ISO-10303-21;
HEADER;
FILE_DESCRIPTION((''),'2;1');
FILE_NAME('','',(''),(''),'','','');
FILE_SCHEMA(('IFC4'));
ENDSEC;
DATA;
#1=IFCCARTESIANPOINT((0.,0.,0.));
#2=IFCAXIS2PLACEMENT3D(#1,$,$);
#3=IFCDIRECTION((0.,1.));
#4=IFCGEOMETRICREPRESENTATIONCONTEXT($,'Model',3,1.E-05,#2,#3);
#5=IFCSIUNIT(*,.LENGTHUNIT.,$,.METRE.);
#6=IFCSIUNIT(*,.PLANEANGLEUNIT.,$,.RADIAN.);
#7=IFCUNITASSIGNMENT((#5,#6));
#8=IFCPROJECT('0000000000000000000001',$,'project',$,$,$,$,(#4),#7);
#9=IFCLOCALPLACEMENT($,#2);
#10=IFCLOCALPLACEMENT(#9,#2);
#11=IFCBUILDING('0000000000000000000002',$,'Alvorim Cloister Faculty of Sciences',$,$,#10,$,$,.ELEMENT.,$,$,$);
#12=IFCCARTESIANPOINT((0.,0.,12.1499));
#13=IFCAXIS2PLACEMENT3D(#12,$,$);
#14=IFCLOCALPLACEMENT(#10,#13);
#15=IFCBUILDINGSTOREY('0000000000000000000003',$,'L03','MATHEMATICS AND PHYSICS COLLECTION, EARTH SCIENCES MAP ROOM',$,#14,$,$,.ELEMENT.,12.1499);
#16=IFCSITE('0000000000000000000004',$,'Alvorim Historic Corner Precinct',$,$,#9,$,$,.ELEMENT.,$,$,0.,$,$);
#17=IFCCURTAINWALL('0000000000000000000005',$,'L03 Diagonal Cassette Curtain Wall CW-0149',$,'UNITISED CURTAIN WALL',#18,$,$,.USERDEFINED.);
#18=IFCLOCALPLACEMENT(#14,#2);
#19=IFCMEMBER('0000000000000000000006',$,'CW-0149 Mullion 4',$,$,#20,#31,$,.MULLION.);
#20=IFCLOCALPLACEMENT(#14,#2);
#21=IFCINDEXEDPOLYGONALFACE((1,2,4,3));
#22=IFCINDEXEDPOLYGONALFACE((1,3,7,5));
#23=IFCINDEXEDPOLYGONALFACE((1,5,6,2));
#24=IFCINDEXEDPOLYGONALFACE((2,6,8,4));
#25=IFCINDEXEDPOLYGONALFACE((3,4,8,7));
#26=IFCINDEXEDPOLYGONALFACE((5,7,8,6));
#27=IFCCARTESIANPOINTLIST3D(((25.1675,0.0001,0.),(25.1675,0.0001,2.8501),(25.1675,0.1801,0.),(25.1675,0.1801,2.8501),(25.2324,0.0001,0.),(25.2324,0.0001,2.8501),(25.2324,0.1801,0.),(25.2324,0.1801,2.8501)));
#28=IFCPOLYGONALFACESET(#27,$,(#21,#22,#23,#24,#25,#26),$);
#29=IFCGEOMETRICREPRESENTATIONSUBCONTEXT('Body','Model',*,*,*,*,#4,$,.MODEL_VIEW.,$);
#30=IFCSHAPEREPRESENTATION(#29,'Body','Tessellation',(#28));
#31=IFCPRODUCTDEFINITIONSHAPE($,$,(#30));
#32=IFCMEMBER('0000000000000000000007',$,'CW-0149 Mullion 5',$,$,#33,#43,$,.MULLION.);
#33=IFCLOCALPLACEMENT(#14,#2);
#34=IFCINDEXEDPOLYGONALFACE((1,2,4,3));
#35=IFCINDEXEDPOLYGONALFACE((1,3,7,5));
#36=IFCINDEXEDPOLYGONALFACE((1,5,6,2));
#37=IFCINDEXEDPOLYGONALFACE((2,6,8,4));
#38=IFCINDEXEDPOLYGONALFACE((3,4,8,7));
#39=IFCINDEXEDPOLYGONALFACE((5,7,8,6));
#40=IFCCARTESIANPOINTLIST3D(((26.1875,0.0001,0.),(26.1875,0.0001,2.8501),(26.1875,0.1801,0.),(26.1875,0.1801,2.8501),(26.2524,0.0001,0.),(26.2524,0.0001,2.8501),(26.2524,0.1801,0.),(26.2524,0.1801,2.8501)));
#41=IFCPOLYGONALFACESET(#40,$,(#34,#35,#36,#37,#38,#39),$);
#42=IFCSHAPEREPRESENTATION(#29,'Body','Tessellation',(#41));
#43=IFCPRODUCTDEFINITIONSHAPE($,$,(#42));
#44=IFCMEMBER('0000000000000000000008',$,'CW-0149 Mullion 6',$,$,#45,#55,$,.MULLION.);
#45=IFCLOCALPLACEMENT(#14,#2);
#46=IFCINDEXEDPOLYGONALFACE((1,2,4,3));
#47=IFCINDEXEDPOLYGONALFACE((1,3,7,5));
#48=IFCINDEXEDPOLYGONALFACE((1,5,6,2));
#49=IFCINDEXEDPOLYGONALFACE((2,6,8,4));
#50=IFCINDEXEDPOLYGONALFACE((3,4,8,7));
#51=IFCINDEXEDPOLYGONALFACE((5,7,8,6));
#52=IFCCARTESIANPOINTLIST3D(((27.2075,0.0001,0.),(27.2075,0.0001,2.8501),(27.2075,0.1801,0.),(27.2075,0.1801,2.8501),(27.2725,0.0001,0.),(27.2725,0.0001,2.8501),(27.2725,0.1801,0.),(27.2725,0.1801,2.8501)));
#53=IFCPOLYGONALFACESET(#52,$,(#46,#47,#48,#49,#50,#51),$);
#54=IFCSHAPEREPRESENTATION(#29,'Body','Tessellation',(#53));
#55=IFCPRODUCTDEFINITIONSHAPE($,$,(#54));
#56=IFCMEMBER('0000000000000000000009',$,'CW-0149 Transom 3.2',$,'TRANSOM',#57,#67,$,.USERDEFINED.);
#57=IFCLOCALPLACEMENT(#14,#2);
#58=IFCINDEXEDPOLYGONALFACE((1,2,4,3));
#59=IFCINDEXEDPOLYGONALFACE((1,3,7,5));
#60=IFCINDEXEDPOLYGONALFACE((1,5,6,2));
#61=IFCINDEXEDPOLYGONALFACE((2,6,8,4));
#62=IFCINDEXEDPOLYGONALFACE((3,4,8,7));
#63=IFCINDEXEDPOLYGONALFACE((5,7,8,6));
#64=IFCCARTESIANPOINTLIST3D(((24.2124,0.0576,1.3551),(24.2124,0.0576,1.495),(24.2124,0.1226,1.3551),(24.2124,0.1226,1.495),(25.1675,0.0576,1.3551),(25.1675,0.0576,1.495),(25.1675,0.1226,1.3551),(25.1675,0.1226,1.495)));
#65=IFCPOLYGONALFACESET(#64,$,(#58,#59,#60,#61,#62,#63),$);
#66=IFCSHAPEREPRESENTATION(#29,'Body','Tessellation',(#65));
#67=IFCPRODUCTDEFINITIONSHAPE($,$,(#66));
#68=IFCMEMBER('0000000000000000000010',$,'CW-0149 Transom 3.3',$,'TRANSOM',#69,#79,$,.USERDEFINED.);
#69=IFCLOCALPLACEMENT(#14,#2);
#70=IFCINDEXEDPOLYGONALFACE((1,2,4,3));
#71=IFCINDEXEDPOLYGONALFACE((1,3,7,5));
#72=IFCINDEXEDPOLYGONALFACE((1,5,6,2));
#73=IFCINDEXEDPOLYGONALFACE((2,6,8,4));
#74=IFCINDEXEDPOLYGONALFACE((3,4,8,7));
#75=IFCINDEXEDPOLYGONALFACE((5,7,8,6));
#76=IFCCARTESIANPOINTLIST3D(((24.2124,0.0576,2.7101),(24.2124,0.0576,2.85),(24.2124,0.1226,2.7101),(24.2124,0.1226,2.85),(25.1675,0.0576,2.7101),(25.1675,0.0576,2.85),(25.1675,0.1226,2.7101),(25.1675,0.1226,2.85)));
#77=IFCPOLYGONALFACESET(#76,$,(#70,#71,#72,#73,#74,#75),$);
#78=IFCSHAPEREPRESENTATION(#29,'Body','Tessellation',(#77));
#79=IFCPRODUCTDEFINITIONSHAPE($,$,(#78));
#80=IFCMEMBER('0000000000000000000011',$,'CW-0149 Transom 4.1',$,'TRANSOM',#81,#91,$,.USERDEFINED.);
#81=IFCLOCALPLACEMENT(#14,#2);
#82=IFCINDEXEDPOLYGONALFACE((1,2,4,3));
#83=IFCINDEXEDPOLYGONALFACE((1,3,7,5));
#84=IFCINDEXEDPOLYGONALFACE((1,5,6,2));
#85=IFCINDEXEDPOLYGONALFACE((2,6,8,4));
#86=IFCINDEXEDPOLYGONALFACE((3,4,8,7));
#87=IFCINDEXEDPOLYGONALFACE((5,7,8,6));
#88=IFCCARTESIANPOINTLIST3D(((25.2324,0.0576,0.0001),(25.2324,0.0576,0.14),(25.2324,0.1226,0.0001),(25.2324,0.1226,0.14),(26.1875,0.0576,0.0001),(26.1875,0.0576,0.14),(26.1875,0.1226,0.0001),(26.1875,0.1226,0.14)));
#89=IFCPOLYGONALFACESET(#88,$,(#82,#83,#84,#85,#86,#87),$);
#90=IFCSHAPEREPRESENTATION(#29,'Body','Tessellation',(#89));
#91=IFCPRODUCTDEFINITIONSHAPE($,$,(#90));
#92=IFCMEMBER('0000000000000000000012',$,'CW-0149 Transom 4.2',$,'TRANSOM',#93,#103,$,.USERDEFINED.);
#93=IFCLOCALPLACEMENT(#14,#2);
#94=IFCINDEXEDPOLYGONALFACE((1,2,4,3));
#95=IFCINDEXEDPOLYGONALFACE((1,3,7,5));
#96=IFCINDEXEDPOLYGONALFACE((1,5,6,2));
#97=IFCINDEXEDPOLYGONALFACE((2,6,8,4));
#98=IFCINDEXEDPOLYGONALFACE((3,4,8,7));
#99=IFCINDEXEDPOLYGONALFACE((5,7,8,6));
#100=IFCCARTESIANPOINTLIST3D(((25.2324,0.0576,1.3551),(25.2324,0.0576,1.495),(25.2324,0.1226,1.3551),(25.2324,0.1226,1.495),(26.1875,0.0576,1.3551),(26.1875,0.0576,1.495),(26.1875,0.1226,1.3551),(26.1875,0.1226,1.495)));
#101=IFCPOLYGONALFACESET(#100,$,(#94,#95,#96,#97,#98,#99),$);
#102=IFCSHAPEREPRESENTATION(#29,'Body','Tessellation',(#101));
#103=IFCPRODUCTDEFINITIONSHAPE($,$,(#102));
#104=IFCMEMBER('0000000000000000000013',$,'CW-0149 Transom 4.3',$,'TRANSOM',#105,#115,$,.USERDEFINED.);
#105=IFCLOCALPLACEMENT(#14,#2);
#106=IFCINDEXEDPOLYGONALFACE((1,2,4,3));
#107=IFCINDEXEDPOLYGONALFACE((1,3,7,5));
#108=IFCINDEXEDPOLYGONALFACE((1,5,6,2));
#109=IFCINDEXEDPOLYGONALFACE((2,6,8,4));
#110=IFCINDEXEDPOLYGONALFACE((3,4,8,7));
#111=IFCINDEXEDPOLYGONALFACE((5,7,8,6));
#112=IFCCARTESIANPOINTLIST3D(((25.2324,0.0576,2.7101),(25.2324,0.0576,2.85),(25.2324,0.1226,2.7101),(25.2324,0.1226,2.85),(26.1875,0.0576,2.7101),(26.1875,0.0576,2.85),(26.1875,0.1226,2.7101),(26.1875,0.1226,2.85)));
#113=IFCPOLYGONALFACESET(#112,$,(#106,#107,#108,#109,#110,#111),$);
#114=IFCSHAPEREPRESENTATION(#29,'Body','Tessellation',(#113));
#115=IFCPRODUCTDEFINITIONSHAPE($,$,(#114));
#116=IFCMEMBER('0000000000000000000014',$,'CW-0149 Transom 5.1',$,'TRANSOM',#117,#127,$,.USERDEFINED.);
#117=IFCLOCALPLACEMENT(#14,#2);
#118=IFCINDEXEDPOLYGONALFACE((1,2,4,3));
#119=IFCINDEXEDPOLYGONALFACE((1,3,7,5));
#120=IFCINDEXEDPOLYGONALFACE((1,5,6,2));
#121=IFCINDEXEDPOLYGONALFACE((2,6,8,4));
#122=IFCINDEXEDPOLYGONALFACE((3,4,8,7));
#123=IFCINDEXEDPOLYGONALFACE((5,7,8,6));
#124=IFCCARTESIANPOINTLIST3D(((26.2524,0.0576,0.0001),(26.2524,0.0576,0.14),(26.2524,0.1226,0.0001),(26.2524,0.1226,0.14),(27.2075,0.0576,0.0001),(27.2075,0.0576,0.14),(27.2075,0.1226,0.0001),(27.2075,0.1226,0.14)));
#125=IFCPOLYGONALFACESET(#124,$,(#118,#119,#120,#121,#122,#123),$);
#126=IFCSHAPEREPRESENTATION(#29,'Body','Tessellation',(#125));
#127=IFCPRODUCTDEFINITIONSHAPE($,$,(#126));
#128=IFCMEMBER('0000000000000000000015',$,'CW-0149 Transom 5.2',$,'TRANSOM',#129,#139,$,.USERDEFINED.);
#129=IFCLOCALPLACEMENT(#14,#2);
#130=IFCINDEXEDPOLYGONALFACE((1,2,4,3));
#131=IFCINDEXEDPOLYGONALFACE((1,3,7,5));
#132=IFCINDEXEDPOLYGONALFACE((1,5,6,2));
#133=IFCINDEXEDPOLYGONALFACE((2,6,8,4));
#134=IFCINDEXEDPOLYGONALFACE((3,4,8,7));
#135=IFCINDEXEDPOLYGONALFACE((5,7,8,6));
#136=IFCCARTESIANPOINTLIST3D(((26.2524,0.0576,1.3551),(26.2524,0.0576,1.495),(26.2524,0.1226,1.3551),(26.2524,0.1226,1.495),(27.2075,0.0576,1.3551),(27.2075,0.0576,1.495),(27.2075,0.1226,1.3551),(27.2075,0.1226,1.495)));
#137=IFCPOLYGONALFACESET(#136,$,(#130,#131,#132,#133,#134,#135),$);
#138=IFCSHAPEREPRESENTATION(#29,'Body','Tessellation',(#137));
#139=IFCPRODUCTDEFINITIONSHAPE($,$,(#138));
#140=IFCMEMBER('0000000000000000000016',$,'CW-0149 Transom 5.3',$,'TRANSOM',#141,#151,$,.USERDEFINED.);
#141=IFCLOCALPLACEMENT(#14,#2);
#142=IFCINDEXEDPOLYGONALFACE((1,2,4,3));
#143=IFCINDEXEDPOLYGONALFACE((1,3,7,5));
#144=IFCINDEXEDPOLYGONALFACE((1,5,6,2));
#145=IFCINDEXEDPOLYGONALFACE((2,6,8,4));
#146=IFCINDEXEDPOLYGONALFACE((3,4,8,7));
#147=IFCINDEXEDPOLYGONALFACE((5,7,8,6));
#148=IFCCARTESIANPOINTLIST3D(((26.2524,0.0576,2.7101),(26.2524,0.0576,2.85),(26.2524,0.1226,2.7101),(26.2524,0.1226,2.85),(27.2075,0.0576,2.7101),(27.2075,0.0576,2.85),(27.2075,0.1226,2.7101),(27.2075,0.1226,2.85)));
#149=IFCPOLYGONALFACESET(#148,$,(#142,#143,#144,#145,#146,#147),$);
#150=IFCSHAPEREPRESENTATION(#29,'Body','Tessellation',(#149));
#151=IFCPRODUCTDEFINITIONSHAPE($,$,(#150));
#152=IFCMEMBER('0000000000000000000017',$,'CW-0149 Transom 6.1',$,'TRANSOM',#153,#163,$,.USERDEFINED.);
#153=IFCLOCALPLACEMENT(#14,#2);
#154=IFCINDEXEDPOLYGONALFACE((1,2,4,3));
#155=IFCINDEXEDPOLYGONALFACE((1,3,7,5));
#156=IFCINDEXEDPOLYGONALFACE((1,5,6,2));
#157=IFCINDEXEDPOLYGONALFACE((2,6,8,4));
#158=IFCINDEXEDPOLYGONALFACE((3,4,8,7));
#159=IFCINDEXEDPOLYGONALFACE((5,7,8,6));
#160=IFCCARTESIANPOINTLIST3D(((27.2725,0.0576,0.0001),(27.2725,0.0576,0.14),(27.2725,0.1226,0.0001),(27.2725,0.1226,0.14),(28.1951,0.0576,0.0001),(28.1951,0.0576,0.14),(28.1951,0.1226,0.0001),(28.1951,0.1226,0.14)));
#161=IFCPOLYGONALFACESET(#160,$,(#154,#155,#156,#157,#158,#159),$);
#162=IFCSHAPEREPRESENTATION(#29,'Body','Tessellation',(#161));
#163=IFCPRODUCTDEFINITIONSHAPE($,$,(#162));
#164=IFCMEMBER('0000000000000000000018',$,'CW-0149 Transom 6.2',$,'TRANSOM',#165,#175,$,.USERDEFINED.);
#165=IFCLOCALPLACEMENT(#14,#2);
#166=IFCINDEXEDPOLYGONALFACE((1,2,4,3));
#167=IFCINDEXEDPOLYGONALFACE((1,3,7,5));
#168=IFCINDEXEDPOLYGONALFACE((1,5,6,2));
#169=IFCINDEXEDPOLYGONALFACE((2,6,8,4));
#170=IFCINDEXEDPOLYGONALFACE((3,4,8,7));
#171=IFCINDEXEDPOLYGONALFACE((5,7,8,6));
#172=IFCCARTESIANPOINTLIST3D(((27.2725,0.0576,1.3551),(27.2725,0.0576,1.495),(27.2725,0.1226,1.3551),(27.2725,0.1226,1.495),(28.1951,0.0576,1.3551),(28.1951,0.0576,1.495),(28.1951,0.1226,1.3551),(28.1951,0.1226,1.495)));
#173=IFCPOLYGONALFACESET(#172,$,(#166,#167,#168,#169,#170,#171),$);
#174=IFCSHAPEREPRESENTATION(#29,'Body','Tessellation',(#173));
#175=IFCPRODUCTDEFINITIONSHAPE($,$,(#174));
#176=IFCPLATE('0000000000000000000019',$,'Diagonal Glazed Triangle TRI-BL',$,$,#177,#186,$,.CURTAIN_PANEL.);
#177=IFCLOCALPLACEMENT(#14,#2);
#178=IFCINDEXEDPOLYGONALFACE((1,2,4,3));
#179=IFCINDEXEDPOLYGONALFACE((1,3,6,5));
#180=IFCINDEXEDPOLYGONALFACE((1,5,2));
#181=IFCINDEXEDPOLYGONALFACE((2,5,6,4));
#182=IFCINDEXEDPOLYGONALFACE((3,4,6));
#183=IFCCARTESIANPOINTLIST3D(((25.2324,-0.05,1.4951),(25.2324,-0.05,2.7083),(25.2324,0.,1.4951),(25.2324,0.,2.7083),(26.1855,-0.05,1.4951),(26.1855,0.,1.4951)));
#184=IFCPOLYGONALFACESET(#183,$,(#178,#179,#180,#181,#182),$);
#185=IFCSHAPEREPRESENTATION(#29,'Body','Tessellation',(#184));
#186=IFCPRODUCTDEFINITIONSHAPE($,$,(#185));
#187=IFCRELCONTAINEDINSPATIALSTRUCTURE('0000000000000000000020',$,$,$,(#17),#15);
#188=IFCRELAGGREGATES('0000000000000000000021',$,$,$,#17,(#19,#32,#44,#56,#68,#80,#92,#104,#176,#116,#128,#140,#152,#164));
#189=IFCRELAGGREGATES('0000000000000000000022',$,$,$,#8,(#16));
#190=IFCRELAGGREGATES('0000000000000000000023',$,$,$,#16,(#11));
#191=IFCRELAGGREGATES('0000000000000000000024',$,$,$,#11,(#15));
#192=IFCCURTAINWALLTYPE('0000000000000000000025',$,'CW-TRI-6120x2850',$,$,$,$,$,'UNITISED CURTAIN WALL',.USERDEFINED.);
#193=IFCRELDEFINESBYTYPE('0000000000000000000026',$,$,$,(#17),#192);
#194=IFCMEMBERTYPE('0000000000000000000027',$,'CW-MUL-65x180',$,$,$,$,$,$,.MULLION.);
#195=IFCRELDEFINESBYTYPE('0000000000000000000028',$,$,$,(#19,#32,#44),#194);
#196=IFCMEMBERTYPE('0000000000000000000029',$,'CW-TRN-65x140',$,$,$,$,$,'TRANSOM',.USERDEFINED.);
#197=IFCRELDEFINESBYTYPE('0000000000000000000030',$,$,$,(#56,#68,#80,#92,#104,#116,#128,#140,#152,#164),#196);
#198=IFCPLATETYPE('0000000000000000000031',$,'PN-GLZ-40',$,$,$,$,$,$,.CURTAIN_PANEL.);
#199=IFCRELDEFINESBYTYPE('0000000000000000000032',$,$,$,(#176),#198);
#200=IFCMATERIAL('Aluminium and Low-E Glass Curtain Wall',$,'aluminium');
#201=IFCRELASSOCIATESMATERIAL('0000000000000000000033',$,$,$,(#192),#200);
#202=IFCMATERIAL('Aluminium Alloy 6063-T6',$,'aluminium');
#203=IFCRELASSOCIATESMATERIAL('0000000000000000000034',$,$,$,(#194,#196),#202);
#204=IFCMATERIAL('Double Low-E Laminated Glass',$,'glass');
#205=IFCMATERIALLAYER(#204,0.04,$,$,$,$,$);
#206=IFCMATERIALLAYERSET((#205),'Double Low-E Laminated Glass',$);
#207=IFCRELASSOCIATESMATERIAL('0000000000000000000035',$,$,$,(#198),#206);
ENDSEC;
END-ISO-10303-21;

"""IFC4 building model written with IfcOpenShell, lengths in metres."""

from ifc_helpers import new_model, si_unit, direction, frame, origin, origin_2d, place, context, subcontext, project, spatial, polyline, rectangle, outline, extrude, material, layer, layer_set, material_profile, profile_set, type_object, element, aggregate, save


model = new_model("IFC4")

# Units and contexts
model_context = context("Model", 3, precision=1e-05, world=origin(), true_north=direction((0.0, 1.0)))
body_context = subcontext(model_context, "Body", "Model", "MODEL_VIEW")
ifc_project = project(units=[si_unit("LENGTHUNIT", "METRE"), si_unit("PLANEANGLEUNIT", "RADIAN")], contexts=[model_context])

# Site, building, storey
site_placement = place(None, origin())
site = spatial("IfcSite", under=ifc_project, at=site_placement, Name="Alvorim Historic Corner Precinct", CompositionType="ELEMENT", RefElevation=0.0)
building_placement = place(site_placement, origin())
building = spatial("IfcBuilding", under=site, at=building_placement, Name="Alvorim Cloister Faculty of Sciences", CompositionType="ELEMENT")
storey_placement = place(building_placement, frame((0.0, 0.0, 12.1499)))
storey = spatial("IfcBuildingStorey", under=building, at=storey_placement, Name="L03", Description="MATHEMATICS AND PHYSICS COLLECTION, EARTH SCIENCES MAP ROOM", CompositionType="ELEMENT", Elevation=12.1499)

# Curtain wall, members, plate
ifc_material_1 = material(Name="Aluminium and Low-E Glass Curtain Wall", Category="aluminium")
curtain_wall_type = type_object("IfcCurtainWallType", Name="CW-TRI-6120x2850", ElementType="UNITISED CURTAIN WALL", PredefinedType="USERDEFINED", material=ifc_material_1)
curtain_wall_placement = place(storey_placement, origin())
curtain_wall = element("IfcCurtainWall", 1, at=curtain_wall_placement, inside=storey, type_object=curtain_wall_type, Name="L03 Diagonal Cassette Curtain Wall CW-0149", ObjectType="UNITISED CURTAIN WALL", PredefinedType="USERDEFINED")
ifc_material_2 = material(Name="Aluminium Alloy 6063-T6", Category="aluminium")
ifc_material_profile_1 = material_profile(ifc_material_2, rectangle(XDim=0.0649, YDim=0.1799, at=origin_2d()), Name="ALU-MUL-65x180")
ifc_profile_set_1 = profile_set([ifc_material_profile_1], Name="Aluminium Alloy 6063-T6")
member_type_1 = type_object("IfcMemberType", Name="CW-MUL-65x180", PredefinedType="MULLION", material=ifc_profile_set_1)
member_1_placement = place(storey_placement, frame((25.2, 0.0901, 0.0), z_axis=(0.0, 0.0, 1.0), x_axis=(1.0, 0.0, 0.0)))
member_1 = element("IfcMember", 2, at=member_1_placement, type_object=member_type_1, Name="CW-0149 Mullion 4", PredefinedType="MULLION", context=body_context, shape_type="SweptSolid", body=[
    extrude(rectangle(XDim=0.0649, YDim=0.1799, at=origin_2d()), origin(), (0.0, 0.0, 1.0), 2.8501),
])
member_2_placement = place(storey_placement, frame((26.22, 0.0901, 0.0), z_axis=(0.0, 0.0, 1.0), x_axis=(1.0, 0.0, 0.0)))
member_2 = element("IfcMember", 3, at=member_2_placement, type_object=member_type_1, Name="CW-0149 Mullion 5", PredefinedType="MULLION", context=body_context, shape_type="SweptSolid", body=[
    extrude(rectangle(XDim=0.0649, YDim=0.1799, at=origin_2d()), origin(), (0.0, 0.0, 1.0), 2.8501),
])
member_3_placement = place(storey_placement, frame((27.24, 0.0901, 0.0), z_axis=(0.0, 0.0, 1.0), x_axis=(1.0, 0.0, 0.0)))
member_3 = element("IfcMember", 4, at=member_3_placement, type_object=member_type_1, Name="CW-0149 Mullion 6", PredefinedType="MULLION", context=body_context, shape_type="SweptSolid", body=[
    extrude(rectangle(XDim=0.0649, YDim=0.1799, at=origin_2d()), origin(), (0.0, 0.0, 1.0), 2.8501),
])
ifc_material_profile_2 = material_profile(ifc_material_2, rectangle(XDim=0.0649, YDim=0.1399, at=origin_2d()), Name="ALU-TRN-65x140")
ifc_profile_set_2 = profile_set([ifc_material_profile_2], Name="Aluminium Alloy 6063-T6")
member_type_2 = type_object("IfcMemberType", Name="CW-TRN-65x140", ElementType="TRANSOM", PredefinedType="USERDEFINED", material=ifc_profile_set_2)
member_4_placement = place(storey_placement, frame((24.2124, 0.0901, 1.425), z_axis=(1.0, 0.0, 0.0), x_axis=(0.0, 1.0, 0.0)))
member_4 = element("IfcMember", 5, at=member_4_placement, type_object=member_type_2, Name="CW-0149 Transom 3.2", ObjectType="TRANSOM", PredefinedType="USERDEFINED", context=body_context, shape_type="SweptSolid", body=[
    extrude(rectangle(XDim=0.0649, YDim=0.1399, at=origin_2d()), origin(), (0.0, 0.0, 1.0), 0.9551),
])
member_5_placement = place(storey_placement, frame((24.2124, 0.0901, 2.78), z_axis=(1.0, 0.0, 0.0), x_axis=(0.0, 1.0, 0.0)))
member_5 = element("IfcMember", 6, at=member_5_placement, type_object=member_type_2, Name="CW-0149 Transom 3.3", ObjectType="TRANSOM", PredefinedType="USERDEFINED", context=body_context, shape_type="SweptSolid", body=[
    extrude(rectangle(XDim=0.0649, YDim=0.1399, at=origin_2d()), origin(), (0.0, 0.0, 1.0), 0.9551),
])
member_6_placement = place(storey_placement, frame((25.2324, 0.0901, 0.0701), z_axis=(1.0, 0.0, 0.0), x_axis=(0.0, 1.0, 0.0)))
member_6 = element("IfcMember", 7, at=member_6_placement, type_object=member_type_2, Name="CW-0149 Transom 4.1", ObjectType="TRANSOM", PredefinedType="USERDEFINED", context=body_context, shape_type="SweptSolid", body=[
    extrude(rectangle(XDim=0.0649, YDim=0.1399, at=origin_2d()), origin(), (0.0, 0.0, 1.0), 0.9551),
])
member_7_placement = place(storey_placement, frame((25.2324, 0.0901, 1.425), z_axis=(1.0, 0.0, 0.0), x_axis=(0.0, 1.0, 0.0)))
member_7 = element("IfcMember", 8, at=member_7_placement, type_object=member_type_2, Name="CW-0149 Transom 4.2", ObjectType="TRANSOM", PredefinedType="USERDEFINED", context=body_context, shape_type="SweptSolid", body=[
    extrude(rectangle(XDim=0.0649, YDim=0.1399, at=origin_2d()), origin(), (0.0, 0.0, 1.0), 0.9551),
])
member_8_placement = place(storey_placement, frame((25.2324, 0.0901, 2.78), z_axis=(1.0, 0.0, 0.0), x_axis=(0.0, 1.0, 0.0)))
member_8 = element("IfcMember", 9, at=member_8_placement, type_object=member_type_2, Name="CW-0149 Transom 4.3", ObjectType="TRANSOM", PredefinedType="USERDEFINED", context=body_context, shape_type="SweptSolid", body=[
    extrude(rectangle(XDim=0.0649, YDim=0.1399, at=origin_2d()), origin(), (0.0, 0.0, 1.0), 0.9551),
])
member_9_placement = place(storey_placement, frame((26.2524, 0.0901, 0.0701), z_axis=(1.0, 0.0, 0.0), x_axis=(0.0, 1.0, 0.0)))
member_9 = element("IfcMember", 10, at=member_9_placement, type_object=member_type_2, Name="CW-0149 Transom 5.1", ObjectType="TRANSOM", PredefinedType="USERDEFINED", context=body_context, shape_type="SweptSolid", body=[
    extrude(rectangle(XDim=0.0649, YDim=0.1399, at=origin_2d()), origin(), (0.0, 0.0, 1.0), 0.9551),
])
member_10_placement = place(storey_placement, frame((26.2524, 0.0901, 1.425), z_axis=(1.0, 0.0, 0.0), x_axis=(0.0, 1.0, 0.0)))
member_10 = element("IfcMember", 11, at=member_10_placement, type_object=member_type_2, Name="CW-0149 Transom 5.2", ObjectType="TRANSOM", PredefinedType="USERDEFINED", context=body_context, shape_type="SweptSolid", body=[
    extrude(rectangle(XDim=0.0649, YDim=0.1399, at=origin_2d()), origin(), (0.0, 0.0, 1.0), 0.9551),
])
member_11_placement = place(storey_placement, frame((26.2524, 0.0901, 2.78), z_axis=(1.0, 0.0, 0.0), x_axis=(0.0, 1.0, 0.0)))
member_11 = element("IfcMember", 12, at=member_11_placement, type_object=member_type_2, Name="CW-0149 Transom 5.3", ObjectType="TRANSOM", PredefinedType="USERDEFINED", context=body_context, shape_type="SweptSolid", body=[
    extrude(rectangle(XDim=0.0649, YDim=0.1399, at=origin_2d()), origin(), (0.0, 0.0, 1.0), 0.9551),
])
member_12_placement = place(storey_placement, frame((27.2725, 0.0901, 0.0701), z_axis=(1.0, 0.0, 0.0), x_axis=(0.0, 1.0, 0.0)))
member_12 = element("IfcMember", 13, at=member_12_placement, type_object=member_type_2, Name="CW-0149 Transom 6.1", ObjectType="TRANSOM", PredefinedType="USERDEFINED", context=body_context, shape_type="SweptSolid", body=[
    extrude(rectangle(XDim=0.0649, YDim=0.1399, at=origin_2d()), origin(), (0.0, 0.0, 1.0), 0.9226),
])
member_13_placement = place(storey_placement, frame((27.2725, 0.0901, 1.425), z_axis=(1.0, 0.0, 0.0), x_axis=(0.0, 1.0, 0.0)))
member_13 = element("IfcMember", 14, at=member_13_placement, type_object=member_type_2, Name="CW-0149 Transom 6.2", ObjectType="TRANSOM", PredefinedType="USERDEFINED", context=body_context, shape_type="SweptSolid", body=[
    extrude(rectangle(XDim=0.0649, YDim=0.1399, at=origin_2d()), origin(), (0.0, 0.0, 1.0), 0.9226),
])
ifc_material_3 = material(Name="Double Low-E Laminated Glass", Category="glass")
ifc_layer = layer(ifc_material_3, 0.04)
ifc_layer_set = layer_set([ifc_layer], Name="Double Low-E Laminated Glass")
plate_type = type_object("IfcPlateType", Name="PN-GLZ-40", PredefinedType="CURTAIN_PANEL", material=ifc_layer_set)
plate_1_placement = place(storey_placement, frame((25.2324, -0.0249, 1.4951), z_axis=(0.0, 0.0, 1.0), x_axis=(1.0, 0.0, 0.0)))
plate_1 = element("IfcPlate", 15, at=plate_1_placement, type_object=plate_type, Name="Diagonal Glazed Triangle TRI-BL", PredefinedType="CURTAIN_PANEL", context=body_context, shape_type="SweptSolid", body=[
    extrude(outline(polyline([(0.0, 0.0), (0.9531, 0.0), (0.0, 1.2131), (0.0, 0.0)])), frame((0.0, 0.0249, 0.0), z_axis=(0.0, -1.0, 0.0), x_axis=(1.0, 0.0, 0.0)), (0.0, 0.0, 1.0), 0.05),
])
aggregate(curtain_wall, [member_1, member_2, member_3, member_4, member_5, member_6, member_7, member_8, plate_1, member_9, member_10, member_11, member_12, member_13])

save(model, "model.ifc")
